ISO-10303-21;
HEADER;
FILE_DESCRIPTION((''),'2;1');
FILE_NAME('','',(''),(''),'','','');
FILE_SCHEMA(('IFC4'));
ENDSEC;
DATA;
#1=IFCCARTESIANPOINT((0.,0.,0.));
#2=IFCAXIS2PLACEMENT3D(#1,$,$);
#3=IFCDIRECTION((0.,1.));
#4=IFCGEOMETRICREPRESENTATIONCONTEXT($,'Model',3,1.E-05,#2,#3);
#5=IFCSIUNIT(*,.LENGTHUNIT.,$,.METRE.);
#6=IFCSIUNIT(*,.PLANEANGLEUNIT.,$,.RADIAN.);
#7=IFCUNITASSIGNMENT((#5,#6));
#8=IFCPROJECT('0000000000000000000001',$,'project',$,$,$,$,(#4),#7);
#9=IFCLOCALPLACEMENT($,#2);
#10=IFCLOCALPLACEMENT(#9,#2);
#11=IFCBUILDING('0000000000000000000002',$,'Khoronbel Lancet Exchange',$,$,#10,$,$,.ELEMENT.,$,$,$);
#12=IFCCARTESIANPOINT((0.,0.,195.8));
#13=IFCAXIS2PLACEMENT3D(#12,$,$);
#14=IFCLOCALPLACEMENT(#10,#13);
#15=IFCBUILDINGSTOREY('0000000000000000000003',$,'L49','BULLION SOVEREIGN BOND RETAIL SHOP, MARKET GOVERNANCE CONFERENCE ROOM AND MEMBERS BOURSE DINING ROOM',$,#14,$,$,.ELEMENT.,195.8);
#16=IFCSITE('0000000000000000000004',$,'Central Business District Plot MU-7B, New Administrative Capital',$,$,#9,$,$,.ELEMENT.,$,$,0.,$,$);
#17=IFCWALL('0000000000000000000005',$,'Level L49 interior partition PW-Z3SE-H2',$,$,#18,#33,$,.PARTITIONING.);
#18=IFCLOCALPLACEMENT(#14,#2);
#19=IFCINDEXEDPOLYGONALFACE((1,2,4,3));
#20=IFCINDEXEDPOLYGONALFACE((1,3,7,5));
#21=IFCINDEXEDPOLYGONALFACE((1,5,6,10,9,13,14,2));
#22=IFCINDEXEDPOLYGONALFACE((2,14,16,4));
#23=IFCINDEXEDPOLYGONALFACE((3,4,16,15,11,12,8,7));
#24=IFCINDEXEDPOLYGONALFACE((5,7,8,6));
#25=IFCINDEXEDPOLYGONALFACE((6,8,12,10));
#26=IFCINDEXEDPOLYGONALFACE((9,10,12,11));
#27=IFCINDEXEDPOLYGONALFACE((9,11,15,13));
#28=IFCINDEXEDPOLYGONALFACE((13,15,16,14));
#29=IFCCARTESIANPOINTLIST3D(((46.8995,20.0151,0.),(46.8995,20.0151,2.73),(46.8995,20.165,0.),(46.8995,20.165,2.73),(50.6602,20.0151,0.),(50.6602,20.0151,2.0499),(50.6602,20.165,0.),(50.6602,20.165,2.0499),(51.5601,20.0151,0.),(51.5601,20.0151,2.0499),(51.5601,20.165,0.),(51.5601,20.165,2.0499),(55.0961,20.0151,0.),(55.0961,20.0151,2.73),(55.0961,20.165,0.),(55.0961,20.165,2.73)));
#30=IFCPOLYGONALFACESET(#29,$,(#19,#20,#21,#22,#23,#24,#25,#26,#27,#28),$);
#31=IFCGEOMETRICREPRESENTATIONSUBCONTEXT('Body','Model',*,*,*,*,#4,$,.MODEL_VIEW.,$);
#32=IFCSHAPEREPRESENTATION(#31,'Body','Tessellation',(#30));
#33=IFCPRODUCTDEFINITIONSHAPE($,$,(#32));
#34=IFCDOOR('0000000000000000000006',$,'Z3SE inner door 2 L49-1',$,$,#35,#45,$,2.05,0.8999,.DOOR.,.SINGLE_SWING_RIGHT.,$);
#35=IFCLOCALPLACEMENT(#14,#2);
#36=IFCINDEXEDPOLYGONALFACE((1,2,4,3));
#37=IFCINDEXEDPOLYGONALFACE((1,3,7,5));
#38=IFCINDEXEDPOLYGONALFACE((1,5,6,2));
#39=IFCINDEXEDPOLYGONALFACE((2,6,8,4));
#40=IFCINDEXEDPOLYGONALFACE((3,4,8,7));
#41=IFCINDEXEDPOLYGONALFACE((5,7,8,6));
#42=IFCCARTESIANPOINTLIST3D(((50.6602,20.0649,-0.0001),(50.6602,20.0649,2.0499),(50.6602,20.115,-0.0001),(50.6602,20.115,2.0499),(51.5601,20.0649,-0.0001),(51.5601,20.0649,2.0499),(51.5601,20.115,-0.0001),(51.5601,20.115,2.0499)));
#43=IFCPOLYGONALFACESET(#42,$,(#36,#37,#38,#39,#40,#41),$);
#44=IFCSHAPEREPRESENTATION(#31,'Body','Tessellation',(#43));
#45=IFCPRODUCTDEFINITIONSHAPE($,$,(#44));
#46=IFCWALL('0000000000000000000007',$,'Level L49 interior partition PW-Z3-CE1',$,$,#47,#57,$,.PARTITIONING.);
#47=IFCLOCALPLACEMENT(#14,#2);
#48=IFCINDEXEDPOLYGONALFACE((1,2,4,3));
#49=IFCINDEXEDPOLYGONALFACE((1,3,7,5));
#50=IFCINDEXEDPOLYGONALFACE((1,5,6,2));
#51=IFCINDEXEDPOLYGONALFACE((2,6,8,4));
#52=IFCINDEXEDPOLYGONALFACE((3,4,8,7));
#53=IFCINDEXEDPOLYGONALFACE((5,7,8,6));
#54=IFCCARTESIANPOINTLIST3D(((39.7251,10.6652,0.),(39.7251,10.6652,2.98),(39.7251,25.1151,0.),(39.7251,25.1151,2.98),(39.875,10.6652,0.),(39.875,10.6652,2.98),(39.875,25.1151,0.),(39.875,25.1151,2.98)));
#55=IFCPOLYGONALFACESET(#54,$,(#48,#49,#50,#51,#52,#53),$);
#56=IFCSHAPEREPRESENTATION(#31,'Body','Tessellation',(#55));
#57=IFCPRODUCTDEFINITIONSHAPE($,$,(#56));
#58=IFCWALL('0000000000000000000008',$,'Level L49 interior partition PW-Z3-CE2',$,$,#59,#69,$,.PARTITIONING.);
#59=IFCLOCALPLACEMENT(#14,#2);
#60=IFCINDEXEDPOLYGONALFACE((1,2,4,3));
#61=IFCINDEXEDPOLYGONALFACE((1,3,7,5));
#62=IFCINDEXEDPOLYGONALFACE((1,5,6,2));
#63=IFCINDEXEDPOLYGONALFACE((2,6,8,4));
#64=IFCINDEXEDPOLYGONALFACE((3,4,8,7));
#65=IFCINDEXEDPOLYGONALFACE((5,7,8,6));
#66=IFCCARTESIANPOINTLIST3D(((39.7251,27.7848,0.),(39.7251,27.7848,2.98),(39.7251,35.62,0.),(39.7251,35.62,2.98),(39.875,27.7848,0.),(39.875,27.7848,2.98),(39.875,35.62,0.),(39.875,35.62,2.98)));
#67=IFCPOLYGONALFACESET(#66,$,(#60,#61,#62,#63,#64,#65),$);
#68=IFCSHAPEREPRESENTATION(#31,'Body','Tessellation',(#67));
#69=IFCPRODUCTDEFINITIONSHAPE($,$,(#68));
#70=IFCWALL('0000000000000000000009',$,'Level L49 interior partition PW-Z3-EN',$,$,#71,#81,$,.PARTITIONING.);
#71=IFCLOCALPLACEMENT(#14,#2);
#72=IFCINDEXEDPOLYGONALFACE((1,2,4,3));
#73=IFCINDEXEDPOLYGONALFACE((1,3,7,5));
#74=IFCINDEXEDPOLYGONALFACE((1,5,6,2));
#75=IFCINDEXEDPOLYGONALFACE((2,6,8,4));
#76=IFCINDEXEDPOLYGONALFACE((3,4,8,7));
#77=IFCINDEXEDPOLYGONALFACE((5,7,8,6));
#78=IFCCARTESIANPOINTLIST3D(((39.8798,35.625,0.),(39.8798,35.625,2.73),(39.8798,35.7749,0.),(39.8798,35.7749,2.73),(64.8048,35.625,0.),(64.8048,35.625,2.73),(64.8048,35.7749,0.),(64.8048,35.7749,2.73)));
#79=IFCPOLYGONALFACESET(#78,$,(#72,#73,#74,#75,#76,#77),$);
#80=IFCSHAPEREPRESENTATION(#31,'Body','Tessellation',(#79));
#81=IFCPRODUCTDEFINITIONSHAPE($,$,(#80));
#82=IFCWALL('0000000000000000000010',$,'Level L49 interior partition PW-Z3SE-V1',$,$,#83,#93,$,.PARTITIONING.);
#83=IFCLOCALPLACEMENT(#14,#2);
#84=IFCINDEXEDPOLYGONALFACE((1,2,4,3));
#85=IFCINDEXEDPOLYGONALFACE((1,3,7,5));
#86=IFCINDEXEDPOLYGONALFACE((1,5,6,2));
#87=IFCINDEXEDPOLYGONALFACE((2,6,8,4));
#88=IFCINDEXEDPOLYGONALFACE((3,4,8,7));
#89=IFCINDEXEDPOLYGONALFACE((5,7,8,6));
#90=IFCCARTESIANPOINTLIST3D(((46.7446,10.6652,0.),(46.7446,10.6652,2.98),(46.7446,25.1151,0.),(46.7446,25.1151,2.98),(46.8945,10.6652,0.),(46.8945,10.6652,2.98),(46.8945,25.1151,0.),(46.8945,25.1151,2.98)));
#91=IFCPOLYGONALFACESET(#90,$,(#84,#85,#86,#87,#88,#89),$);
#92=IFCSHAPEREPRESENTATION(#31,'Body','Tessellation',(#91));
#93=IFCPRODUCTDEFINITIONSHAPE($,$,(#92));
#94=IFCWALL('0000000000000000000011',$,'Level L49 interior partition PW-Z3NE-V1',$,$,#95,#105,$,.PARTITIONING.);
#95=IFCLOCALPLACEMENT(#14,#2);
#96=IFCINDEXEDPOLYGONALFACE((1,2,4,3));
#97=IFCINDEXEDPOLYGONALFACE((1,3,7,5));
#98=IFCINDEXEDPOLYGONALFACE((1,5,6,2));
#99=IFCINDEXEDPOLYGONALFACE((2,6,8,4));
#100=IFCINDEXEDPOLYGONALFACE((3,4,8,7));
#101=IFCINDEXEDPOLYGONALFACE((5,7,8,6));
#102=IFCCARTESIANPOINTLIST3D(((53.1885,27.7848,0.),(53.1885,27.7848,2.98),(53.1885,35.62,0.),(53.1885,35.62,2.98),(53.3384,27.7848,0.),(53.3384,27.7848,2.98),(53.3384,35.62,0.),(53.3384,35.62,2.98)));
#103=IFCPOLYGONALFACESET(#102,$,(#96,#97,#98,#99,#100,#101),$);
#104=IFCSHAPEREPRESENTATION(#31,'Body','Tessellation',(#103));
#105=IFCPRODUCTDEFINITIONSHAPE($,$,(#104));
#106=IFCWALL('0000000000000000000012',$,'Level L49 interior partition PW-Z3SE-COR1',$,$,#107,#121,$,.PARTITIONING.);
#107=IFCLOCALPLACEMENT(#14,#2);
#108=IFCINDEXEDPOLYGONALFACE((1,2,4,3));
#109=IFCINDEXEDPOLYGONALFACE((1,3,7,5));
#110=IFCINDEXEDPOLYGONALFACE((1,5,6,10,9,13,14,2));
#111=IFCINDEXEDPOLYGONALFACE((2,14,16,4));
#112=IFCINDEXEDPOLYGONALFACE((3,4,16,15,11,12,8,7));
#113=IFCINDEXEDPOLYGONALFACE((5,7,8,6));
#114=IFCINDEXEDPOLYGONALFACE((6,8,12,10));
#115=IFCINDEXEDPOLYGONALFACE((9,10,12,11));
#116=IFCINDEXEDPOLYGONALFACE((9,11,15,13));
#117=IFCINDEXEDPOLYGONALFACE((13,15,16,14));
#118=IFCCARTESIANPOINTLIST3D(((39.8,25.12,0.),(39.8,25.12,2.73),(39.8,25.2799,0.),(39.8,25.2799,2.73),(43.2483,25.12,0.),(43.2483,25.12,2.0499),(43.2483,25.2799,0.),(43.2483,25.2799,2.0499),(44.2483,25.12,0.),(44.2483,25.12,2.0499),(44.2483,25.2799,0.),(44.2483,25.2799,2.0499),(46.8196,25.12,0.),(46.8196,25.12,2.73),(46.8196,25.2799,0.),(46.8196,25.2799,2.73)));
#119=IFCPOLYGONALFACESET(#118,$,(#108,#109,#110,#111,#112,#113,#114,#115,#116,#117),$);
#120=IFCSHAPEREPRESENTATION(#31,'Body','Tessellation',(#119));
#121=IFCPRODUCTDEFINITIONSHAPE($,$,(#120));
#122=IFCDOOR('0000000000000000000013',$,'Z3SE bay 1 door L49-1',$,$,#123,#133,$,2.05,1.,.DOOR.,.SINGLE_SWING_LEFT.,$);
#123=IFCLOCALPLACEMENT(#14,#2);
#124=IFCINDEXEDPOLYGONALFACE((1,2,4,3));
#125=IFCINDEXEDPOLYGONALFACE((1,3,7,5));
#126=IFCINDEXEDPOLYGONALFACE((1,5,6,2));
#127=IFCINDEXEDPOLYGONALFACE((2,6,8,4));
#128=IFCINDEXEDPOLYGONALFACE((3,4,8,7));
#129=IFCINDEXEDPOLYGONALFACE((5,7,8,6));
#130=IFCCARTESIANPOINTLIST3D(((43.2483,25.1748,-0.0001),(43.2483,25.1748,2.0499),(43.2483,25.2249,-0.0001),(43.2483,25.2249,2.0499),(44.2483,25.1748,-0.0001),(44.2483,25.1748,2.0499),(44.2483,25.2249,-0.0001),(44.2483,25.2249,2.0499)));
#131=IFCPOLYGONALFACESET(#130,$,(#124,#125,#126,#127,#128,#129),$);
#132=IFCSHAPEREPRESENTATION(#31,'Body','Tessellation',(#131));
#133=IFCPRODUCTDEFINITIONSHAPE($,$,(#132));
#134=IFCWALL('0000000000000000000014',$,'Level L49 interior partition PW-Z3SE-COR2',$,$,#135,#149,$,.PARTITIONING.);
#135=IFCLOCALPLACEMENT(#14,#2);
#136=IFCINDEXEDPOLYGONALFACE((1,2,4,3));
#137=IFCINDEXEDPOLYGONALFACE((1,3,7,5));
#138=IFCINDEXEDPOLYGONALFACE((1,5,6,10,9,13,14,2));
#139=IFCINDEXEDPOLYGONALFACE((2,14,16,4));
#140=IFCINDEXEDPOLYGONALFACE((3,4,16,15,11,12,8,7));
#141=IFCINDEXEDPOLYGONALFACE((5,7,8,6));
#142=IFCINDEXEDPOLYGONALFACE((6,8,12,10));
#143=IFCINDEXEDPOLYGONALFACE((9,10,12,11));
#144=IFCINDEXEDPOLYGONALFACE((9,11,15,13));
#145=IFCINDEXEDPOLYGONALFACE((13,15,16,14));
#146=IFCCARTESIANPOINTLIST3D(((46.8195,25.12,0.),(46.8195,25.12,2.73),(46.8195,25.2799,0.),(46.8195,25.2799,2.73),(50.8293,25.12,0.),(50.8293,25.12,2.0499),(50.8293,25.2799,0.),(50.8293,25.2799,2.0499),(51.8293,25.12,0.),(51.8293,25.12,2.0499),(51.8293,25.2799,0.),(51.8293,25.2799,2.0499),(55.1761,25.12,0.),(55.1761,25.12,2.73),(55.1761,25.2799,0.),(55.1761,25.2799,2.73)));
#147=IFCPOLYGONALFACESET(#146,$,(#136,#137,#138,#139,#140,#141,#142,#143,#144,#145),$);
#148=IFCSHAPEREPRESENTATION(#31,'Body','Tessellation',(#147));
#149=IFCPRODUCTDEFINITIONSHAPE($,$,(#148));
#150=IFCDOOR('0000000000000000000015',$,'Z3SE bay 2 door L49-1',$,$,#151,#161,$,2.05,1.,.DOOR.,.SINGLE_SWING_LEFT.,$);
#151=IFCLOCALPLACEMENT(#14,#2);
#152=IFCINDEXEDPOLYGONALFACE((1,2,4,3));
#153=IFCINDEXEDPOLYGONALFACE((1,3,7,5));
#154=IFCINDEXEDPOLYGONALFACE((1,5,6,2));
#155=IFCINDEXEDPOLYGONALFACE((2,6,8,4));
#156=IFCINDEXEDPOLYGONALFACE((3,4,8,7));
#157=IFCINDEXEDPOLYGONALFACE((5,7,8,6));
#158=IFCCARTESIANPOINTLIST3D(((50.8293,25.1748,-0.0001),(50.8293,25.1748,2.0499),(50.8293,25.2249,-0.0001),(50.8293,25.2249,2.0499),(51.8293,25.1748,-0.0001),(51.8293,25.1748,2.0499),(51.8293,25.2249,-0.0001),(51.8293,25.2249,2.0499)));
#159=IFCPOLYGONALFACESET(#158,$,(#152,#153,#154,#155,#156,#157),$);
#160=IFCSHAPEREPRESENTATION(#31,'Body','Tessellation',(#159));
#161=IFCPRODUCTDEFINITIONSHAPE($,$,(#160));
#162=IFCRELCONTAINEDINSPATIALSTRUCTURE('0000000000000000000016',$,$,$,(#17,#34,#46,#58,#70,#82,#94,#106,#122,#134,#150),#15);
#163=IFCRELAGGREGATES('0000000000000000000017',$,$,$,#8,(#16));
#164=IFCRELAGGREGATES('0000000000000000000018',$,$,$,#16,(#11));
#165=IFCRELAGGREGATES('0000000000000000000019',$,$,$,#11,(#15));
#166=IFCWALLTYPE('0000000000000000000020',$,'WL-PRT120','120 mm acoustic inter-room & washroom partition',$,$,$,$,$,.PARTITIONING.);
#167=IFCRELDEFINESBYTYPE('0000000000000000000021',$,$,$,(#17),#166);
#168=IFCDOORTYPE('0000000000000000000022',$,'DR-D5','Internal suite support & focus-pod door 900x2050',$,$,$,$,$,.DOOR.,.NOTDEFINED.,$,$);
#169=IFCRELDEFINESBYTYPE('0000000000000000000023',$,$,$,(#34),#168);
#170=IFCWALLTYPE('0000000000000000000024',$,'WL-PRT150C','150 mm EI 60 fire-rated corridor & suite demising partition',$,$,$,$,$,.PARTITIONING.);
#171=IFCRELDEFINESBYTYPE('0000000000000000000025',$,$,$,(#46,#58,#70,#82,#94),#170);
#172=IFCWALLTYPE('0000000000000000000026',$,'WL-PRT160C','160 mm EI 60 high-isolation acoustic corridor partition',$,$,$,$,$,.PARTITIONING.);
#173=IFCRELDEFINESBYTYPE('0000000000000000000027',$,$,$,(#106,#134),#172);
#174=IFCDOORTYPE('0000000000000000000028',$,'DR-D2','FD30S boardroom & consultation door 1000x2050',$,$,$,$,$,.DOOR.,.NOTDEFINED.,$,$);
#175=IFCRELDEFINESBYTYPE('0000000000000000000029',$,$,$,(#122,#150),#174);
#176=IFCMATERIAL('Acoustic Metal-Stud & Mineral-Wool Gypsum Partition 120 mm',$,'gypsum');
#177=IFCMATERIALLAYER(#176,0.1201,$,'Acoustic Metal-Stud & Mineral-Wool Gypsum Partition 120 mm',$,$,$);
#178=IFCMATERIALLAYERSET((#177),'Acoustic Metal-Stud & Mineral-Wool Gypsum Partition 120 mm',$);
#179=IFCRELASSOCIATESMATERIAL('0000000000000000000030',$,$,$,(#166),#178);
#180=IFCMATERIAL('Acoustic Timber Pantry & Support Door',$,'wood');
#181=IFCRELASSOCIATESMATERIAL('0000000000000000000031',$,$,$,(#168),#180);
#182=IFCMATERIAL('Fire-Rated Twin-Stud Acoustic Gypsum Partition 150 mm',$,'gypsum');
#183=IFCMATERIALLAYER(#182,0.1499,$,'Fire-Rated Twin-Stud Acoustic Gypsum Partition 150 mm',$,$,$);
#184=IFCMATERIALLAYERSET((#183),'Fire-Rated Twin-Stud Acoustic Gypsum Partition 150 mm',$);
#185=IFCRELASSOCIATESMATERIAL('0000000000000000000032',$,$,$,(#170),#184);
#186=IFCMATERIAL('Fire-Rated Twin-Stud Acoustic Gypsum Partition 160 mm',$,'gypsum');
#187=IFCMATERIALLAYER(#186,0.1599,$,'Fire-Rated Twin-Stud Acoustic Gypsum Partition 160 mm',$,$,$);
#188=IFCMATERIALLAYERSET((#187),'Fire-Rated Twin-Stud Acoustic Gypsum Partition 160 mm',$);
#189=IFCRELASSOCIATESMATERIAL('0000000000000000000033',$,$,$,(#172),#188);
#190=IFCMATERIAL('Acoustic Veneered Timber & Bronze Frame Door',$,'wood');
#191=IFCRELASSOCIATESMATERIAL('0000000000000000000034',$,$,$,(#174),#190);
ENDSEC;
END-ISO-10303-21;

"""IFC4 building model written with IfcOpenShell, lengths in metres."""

from ifc_helpers import new_model, si_unit, direction, frame, frame_2d, origin, place, context, subcontext, project, spatial, rectangle, extrude, material, layer, layer_set, type_object, element, fill, save


model = new_model("IFC4")

# Units and contexts
model_context = context("Model", 3, precision=1e-05, world=origin(), true_north=direction((0.0, 1.0)))
body_context = subcontext(model_context, "Body", "Model", "MODEL_VIEW")
ifc_project = project(units=[si_unit("LENGTHUNIT", "METRE"), si_unit("PLANEANGLEUNIT", "RADIAN")], contexts=[model_context])

# Site, building, storey
site_placement = place(None, origin())
site = spatial("IfcSite", under=ifc_project, at=site_placement, Name="Central Business District Plot MU-7B, New Administrative Capital", CompositionType="ELEMENT", RefElevation=0.0)
building_placement = place(site_placement, origin())
building = spatial("IfcBuilding", under=site, at=building_placement, Name="Khoronbel Lancet Exchange", CompositionType="ELEMENT")
storey_placement = place(building_placement, frame((0.0, 0.0, 195.8)))
storey = spatial("IfcBuildingStorey", under=building, at=storey_placement, Name="L49", Description="BULLION SOVEREIGN BOND RETAIL SHOP, MARKET GOVERNANCE CONFERENCE ROOM AND MEMBERS BOURSE DINING ROOM", CompositionType="ELEMENT", Elevation=195.8)

# Wall, opening, door
ifc_material_1 = material(Name="Acoustic Metal-Stud & Mineral-Wool Gypsum Partition 120 mm", Category="gypsum")
ifc_layer_1 = layer(ifc_material_1, 0.1201, Name="Acoustic Metal-Stud & Mineral-Wool Gypsum Partition 120 mm")
ifc_layer_set_1 = layer_set([ifc_layer_1], Name="Acoustic Metal-Stud & Mineral-Wool Gypsum Partition 120 mm")
wall_type_1 = type_object("IfcWallType", Name="WL-PRT120", Description="120 mm acoustic inter-room & washroom partition", PredefinedType="PARTITIONING", material=ifc_layer_set_1)
ifc_material_2 = material(Name="Acoustic Timber Pantry & Support Door", Category="wood")
door_type_1 = type_object("IfcDoorType", Name="DR-D5", Description="Internal suite support & focus-pod door 900x2050", OperationType="NOTDEFINED", PredefinedType="DOOR", material=ifc_material_2)
wall_1_placement = place(storey_placement, frame((46.8997, 20.0901, 0.0), z_axis=(0.0, 0.0, 1.0), x_axis=(1.0, 0.0, 0.0)))
wall_1 = element("IfcWall", 1, at=wall_1_placement, inside=storey, type_object=wall_type_1, Name="Level L49 interior partition PW-Z3SE-H2", PredefinedType="PARTITIONING", context=body_context, shape_type="SweptSolid", body=[
    extrude(rectangle(XDim=8.1965, YDim=0.1499, at=frame_2d((4.0981, 0.0))), origin(), (0.0, 0.0, 1.0), 2.73),
])
opening_1_placement = place(wall_1_placement, frame((3.7605, 0.0, 0.0)))
opening_1 = element("IfcOpeningElement", 2, at=opening_1_placement, cuts=wall_1, PredefinedType="OPENING", context=body_context, shape_type="SweptSolid", body=[
    extrude(rectangle(XDim=0.8999, YDim=2.05, at=frame_2d((0.45, 1.0249))), frame((0.0, 0.085, 0.0), z_axis=(0.0, -1.0, 0.0), x_axis=(1.0, 0.0, 0.0)), (0.0, 0.0, 1.0), 0.1699),
])
door_1_placement = place(opening_1_placement, origin())
door_1 = element("IfcDoor", 3, at=door_1_placement, inside=storey, type_object=door_type_1, Name="Z3SE inner door 2 L49-1", OperationType="SINGLE_SWING_RIGHT", OverallHeight=2.05, OverallWidth=0.8999, PredefinedType="DOOR", context=body_context, shape_type="SweptSolid", body=[
    extrude(rectangle(XDim=0.8999, YDim=2.05, at=frame_2d((0.45, 1.0249))), frame((0.0, 0.0249, 0.0), z_axis=(0.0, -1.0, 0.0), x_axis=(1.0, 0.0, 0.0)), (0.0, 0.0, 1.0), 0.05),
])
fill(opening_1, door_1)

# Walls
ifc_material_3 = material(Name="Fire-Rated Twin-Stud Acoustic Gypsum Partition 150 mm", Category="gypsum")
ifc_layer_2 = layer(ifc_material_3, 0.1499, Name="Fire-Rated Twin-Stud Acoustic Gypsum Partition 150 mm")
ifc_layer_set_2 = layer_set([ifc_layer_2], Name="Fire-Rated Twin-Stud Acoustic Gypsum Partition 150 mm")
wall_type_2 = type_object("IfcWallType", Name="WL-PRT150C", Description="150 mm EI 60 fire-rated corridor & suite demising partition", PredefinedType="PARTITIONING", material=ifc_layer_set_2)
wall_2_placement = place(storey_placement, frame((39.8, 10.665, 0.0), z_axis=(0.0, 0.0, 1.0), x_axis=(0.0, 1.0, 0.0)))
element("IfcWall", 4, at=wall_2_placement, inside=storey, type_object=wall_type_2, Name="Level L49 interior partition PW-Z3-CE1", PredefinedType="PARTITIONING", context=body_context, shape_type="SweptSolid", body=[
    extrude(rectangle(XDim=14.45, YDim=0.1499, at=frame_2d((7.2251, 0.0))), origin(), (0.0, 0.0, 1.0), 2.98),
])
wall_3_placement = place(storey_placement, frame((39.8, 27.7849, 0.0), z_axis=(0.0, 0.0, 1.0), x_axis=(0.0, 1.0, 0.0)))
element("IfcWall", 5, at=wall_3_placement, inside=storey, type_object=wall_type_2, Name="Level L49 interior partition PW-Z3-CE2", PredefinedType="PARTITIONING", context=body_context, shape_type="SweptSolid", body=[
    extrude(rectangle(XDim=7.8352, YDim=0.1499, at=frame_2d((3.9175, 0.0))), origin(), (0.0, 0.0, 1.0), 2.98),
])
wall_4_placement = place(storey_placement, frame((39.8799, 35.7, 0.0), z_axis=(0.0, 0.0, 1.0), x_axis=(1.0, 0.0, 0.0)))
element("IfcWall", 6, at=wall_4_placement, inside=storey, type_object=wall_type_2, Name="Level L49 interior partition PW-Z3-EN", PredefinedType="PARTITIONING", context=body_context, shape_type="SweptSolid", body=[
    extrude(rectangle(XDim=24.925, YDim=0.1499, at=frame_2d((12.4624, 0.0))), origin(), (0.0, 0.0, 1.0), 2.73),
])
wall_5_placement = place(storey_placement, frame((46.8196, 10.665, 0.0), z_axis=(0.0, 0.0, 1.0), x_axis=(0.0, 1.0, 0.0)))
element("IfcWall", 7, at=wall_5_placement, inside=storey, type_object=wall_type_2, Name="Level L49 interior partition PW-Z3SE-V1", PredefinedType="PARTITIONING", context=body_context, shape_type="SweptSolid", body=[
    extrude(rectangle(XDim=14.45, YDim=0.1499, at=frame_2d((7.2251, 0.0))), origin(), (0.0, 0.0, 1.0), 2.98),
])
wall_6_placement = place(storey_placement, frame((53.2634, 27.7849, 0.0), z_axis=(0.0, 0.0, 1.0), x_axis=(0.0, 1.0, 0.0)))
element("IfcWall", 8, at=wall_6_placement, inside=storey, type_object=wall_type_2, Name="Level L49 interior partition PW-Z3NE-V1", PredefinedType="PARTITIONING", context=body_context, shape_type="SweptSolid", body=[
    extrude(rectangle(XDim=7.8352, YDim=0.1499, at=frame_2d((3.9175, 0.0))), origin(), (0.0, 0.0, 1.0), 2.98),
])

# Walls, openings, doors
ifc_material_4 = material(Name="Fire-Rated Twin-Stud Acoustic Gypsum Partition 160 mm", Category="gypsum")
ifc_layer_3 = layer(ifc_material_4, 0.1599, Name="Fire-Rated Twin-Stud Acoustic Gypsum Partition 160 mm")
ifc_layer_set_3 = layer_set([ifc_layer_3], Name="Fire-Rated Twin-Stud Acoustic Gypsum Partition 160 mm")
wall_type_3 = type_object("IfcWallType", Name="WL-PRT160C", Description="160 mm EI 60 high-isolation acoustic corridor partition", PredefinedType="PARTITIONING", material=ifc_layer_set_3)
wall_7_placement = place(storey_placement, frame((39.8, 25.2, 0.0), z_axis=(0.0, 0.0, 1.0), x_axis=(1.0, 0.0, 0.0)))
wall_7 = element("IfcWall", 9, at=wall_7_placement, inside=storey, type_object=wall_type_3, Name="Level L49 interior partition PW-Z3SE-COR1", PredefinedType="PARTITIONING", context=body_context, shape_type="SweptSolid", body=[
    extrude(rectangle(XDim=7.0195, YDim=0.1599, at=frame_2d((3.5098, 0.0))), origin(), (0.0, 0.0, 1.0), 2.73),
])
opening_2_placement = place(wall_7_placement, frame((3.4482, 0.0, 0.0)))
opening_2 = element("IfcOpeningElement", 10, at=opening_2_placement, cuts=wall_7, PredefinedType="OPENING", context=body_context, shape_type="SweptSolid", body=[
    extrude(rectangle(XDim=1.0, YDim=2.05, at=frame_2d((0.5, 1.0249))), frame((0.0, 0.0898, 0.0), z_axis=(0.0, -1.0, 0.0), x_axis=(1.0, 0.0, 0.0)), (0.0, 0.0, 1.0), 0.1799),
])
ifc_material_5 = material(Name="Acoustic Veneered Timber & Bronze Frame Door", Category="wood")
door_type_2 = type_object("IfcDoorType", Name="DR-D2", Description="FD30S boardroom & consultation door 1000x2050", OperationType="NOTDEFINED", PredefinedType="DOOR", material=ifc_material_5)
door_2_placement = place(opening_2_placement, origin())
door_2 = element("IfcDoor", 11, at=door_2_placement, inside=storey, type_object=door_type_2, Name="Z3SE bay 1 door L49-1", OperationType="SINGLE_SWING_LEFT", OverallHeight=2.05, OverallWidth=1.0, PredefinedType="DOOR", context=body_context, shape_type="SweptSolid", body=[
    extrude(rectangle(XDim=1.0, YDim=2.05, at=frame_2d((0.5, 1.0249))), frame((0.0, 0.0249, 0.0), z_axis=(0.0, -1.0, 0.0), x_axis=(1.0, 0.0, 0.0)), (0.0, 0.0, 1.0), 0.05),
])
fill(opening_2, door_2)
wall_8_placement = place(storey_placement, frame((46.8196, 25.2, 0.0), z_axis=(0.0, 0.0, 1.0), x_axis=(1.0, 0.0, 0.0)))
wall_8 = element("IfcWall", 12, at=wall_8_placement, inside=storey, type_object=wall_type_3, Name="Level L49 interior partition PW-Z3SE-COR2", PredefinedType="PARTITIONING", context=body_context, shape_type="SweptSolid", body=[
    extrude(rectangle(XDim=8.3567, YDim=0.1599, at=frame_2d((4.1782, 0.0))), origin(), (0.0, 0.0, 1.0), 2.73),
])
opening_3_placement = place(wall_8_placement, frame((4.0098, 0.0, 0.0)))
opening_3 = element("IfcOpeningElement", 13, at=opening_3_placement, cuts=wall_8, PredefinedType="OPENING", context=body_context, shape_type="SweptSolid", body=[
    extrude(rectangle(XDim=1.0, YDim=2.05, at=frame_2d((0.5, 1.0249))), frame((0.0, 0.0898, 0.0), z_axis=(0.0, -1.0, 0.0), x_axis=(1.0, 0.0, 0.0)), (0.0, 0.0, 1.0), 0.1799),
])
door_3_placement = place(opening_3_placement, origin())
door_3 = element("IfcDoor", 14, at=door_3_placement, inside=storey, type_object=door_type_2, Name="Z3SE bay 2 door L49-1", OperationType="SINGLE_SWING_LEFT", OverallHeight=2.05, OverallWidth=1.0, PredefinedType="DOOR", context=body_context, shape_type="SweptSolid", body=[
    extrude(rectangle(XDim=1.0, YDim=2.05, at=frame_2d((0.5, 1.0249))), frame((0.0, 0.0249, 0.0), z_axis=(0.0, -1.0, 0.0), x_axis=(1.0, 0.0, 0.0)), (0.0, 0.0, 1.0), 0.05),
])
fill(opening_3, door_3)

save(model, "model.ifc")
